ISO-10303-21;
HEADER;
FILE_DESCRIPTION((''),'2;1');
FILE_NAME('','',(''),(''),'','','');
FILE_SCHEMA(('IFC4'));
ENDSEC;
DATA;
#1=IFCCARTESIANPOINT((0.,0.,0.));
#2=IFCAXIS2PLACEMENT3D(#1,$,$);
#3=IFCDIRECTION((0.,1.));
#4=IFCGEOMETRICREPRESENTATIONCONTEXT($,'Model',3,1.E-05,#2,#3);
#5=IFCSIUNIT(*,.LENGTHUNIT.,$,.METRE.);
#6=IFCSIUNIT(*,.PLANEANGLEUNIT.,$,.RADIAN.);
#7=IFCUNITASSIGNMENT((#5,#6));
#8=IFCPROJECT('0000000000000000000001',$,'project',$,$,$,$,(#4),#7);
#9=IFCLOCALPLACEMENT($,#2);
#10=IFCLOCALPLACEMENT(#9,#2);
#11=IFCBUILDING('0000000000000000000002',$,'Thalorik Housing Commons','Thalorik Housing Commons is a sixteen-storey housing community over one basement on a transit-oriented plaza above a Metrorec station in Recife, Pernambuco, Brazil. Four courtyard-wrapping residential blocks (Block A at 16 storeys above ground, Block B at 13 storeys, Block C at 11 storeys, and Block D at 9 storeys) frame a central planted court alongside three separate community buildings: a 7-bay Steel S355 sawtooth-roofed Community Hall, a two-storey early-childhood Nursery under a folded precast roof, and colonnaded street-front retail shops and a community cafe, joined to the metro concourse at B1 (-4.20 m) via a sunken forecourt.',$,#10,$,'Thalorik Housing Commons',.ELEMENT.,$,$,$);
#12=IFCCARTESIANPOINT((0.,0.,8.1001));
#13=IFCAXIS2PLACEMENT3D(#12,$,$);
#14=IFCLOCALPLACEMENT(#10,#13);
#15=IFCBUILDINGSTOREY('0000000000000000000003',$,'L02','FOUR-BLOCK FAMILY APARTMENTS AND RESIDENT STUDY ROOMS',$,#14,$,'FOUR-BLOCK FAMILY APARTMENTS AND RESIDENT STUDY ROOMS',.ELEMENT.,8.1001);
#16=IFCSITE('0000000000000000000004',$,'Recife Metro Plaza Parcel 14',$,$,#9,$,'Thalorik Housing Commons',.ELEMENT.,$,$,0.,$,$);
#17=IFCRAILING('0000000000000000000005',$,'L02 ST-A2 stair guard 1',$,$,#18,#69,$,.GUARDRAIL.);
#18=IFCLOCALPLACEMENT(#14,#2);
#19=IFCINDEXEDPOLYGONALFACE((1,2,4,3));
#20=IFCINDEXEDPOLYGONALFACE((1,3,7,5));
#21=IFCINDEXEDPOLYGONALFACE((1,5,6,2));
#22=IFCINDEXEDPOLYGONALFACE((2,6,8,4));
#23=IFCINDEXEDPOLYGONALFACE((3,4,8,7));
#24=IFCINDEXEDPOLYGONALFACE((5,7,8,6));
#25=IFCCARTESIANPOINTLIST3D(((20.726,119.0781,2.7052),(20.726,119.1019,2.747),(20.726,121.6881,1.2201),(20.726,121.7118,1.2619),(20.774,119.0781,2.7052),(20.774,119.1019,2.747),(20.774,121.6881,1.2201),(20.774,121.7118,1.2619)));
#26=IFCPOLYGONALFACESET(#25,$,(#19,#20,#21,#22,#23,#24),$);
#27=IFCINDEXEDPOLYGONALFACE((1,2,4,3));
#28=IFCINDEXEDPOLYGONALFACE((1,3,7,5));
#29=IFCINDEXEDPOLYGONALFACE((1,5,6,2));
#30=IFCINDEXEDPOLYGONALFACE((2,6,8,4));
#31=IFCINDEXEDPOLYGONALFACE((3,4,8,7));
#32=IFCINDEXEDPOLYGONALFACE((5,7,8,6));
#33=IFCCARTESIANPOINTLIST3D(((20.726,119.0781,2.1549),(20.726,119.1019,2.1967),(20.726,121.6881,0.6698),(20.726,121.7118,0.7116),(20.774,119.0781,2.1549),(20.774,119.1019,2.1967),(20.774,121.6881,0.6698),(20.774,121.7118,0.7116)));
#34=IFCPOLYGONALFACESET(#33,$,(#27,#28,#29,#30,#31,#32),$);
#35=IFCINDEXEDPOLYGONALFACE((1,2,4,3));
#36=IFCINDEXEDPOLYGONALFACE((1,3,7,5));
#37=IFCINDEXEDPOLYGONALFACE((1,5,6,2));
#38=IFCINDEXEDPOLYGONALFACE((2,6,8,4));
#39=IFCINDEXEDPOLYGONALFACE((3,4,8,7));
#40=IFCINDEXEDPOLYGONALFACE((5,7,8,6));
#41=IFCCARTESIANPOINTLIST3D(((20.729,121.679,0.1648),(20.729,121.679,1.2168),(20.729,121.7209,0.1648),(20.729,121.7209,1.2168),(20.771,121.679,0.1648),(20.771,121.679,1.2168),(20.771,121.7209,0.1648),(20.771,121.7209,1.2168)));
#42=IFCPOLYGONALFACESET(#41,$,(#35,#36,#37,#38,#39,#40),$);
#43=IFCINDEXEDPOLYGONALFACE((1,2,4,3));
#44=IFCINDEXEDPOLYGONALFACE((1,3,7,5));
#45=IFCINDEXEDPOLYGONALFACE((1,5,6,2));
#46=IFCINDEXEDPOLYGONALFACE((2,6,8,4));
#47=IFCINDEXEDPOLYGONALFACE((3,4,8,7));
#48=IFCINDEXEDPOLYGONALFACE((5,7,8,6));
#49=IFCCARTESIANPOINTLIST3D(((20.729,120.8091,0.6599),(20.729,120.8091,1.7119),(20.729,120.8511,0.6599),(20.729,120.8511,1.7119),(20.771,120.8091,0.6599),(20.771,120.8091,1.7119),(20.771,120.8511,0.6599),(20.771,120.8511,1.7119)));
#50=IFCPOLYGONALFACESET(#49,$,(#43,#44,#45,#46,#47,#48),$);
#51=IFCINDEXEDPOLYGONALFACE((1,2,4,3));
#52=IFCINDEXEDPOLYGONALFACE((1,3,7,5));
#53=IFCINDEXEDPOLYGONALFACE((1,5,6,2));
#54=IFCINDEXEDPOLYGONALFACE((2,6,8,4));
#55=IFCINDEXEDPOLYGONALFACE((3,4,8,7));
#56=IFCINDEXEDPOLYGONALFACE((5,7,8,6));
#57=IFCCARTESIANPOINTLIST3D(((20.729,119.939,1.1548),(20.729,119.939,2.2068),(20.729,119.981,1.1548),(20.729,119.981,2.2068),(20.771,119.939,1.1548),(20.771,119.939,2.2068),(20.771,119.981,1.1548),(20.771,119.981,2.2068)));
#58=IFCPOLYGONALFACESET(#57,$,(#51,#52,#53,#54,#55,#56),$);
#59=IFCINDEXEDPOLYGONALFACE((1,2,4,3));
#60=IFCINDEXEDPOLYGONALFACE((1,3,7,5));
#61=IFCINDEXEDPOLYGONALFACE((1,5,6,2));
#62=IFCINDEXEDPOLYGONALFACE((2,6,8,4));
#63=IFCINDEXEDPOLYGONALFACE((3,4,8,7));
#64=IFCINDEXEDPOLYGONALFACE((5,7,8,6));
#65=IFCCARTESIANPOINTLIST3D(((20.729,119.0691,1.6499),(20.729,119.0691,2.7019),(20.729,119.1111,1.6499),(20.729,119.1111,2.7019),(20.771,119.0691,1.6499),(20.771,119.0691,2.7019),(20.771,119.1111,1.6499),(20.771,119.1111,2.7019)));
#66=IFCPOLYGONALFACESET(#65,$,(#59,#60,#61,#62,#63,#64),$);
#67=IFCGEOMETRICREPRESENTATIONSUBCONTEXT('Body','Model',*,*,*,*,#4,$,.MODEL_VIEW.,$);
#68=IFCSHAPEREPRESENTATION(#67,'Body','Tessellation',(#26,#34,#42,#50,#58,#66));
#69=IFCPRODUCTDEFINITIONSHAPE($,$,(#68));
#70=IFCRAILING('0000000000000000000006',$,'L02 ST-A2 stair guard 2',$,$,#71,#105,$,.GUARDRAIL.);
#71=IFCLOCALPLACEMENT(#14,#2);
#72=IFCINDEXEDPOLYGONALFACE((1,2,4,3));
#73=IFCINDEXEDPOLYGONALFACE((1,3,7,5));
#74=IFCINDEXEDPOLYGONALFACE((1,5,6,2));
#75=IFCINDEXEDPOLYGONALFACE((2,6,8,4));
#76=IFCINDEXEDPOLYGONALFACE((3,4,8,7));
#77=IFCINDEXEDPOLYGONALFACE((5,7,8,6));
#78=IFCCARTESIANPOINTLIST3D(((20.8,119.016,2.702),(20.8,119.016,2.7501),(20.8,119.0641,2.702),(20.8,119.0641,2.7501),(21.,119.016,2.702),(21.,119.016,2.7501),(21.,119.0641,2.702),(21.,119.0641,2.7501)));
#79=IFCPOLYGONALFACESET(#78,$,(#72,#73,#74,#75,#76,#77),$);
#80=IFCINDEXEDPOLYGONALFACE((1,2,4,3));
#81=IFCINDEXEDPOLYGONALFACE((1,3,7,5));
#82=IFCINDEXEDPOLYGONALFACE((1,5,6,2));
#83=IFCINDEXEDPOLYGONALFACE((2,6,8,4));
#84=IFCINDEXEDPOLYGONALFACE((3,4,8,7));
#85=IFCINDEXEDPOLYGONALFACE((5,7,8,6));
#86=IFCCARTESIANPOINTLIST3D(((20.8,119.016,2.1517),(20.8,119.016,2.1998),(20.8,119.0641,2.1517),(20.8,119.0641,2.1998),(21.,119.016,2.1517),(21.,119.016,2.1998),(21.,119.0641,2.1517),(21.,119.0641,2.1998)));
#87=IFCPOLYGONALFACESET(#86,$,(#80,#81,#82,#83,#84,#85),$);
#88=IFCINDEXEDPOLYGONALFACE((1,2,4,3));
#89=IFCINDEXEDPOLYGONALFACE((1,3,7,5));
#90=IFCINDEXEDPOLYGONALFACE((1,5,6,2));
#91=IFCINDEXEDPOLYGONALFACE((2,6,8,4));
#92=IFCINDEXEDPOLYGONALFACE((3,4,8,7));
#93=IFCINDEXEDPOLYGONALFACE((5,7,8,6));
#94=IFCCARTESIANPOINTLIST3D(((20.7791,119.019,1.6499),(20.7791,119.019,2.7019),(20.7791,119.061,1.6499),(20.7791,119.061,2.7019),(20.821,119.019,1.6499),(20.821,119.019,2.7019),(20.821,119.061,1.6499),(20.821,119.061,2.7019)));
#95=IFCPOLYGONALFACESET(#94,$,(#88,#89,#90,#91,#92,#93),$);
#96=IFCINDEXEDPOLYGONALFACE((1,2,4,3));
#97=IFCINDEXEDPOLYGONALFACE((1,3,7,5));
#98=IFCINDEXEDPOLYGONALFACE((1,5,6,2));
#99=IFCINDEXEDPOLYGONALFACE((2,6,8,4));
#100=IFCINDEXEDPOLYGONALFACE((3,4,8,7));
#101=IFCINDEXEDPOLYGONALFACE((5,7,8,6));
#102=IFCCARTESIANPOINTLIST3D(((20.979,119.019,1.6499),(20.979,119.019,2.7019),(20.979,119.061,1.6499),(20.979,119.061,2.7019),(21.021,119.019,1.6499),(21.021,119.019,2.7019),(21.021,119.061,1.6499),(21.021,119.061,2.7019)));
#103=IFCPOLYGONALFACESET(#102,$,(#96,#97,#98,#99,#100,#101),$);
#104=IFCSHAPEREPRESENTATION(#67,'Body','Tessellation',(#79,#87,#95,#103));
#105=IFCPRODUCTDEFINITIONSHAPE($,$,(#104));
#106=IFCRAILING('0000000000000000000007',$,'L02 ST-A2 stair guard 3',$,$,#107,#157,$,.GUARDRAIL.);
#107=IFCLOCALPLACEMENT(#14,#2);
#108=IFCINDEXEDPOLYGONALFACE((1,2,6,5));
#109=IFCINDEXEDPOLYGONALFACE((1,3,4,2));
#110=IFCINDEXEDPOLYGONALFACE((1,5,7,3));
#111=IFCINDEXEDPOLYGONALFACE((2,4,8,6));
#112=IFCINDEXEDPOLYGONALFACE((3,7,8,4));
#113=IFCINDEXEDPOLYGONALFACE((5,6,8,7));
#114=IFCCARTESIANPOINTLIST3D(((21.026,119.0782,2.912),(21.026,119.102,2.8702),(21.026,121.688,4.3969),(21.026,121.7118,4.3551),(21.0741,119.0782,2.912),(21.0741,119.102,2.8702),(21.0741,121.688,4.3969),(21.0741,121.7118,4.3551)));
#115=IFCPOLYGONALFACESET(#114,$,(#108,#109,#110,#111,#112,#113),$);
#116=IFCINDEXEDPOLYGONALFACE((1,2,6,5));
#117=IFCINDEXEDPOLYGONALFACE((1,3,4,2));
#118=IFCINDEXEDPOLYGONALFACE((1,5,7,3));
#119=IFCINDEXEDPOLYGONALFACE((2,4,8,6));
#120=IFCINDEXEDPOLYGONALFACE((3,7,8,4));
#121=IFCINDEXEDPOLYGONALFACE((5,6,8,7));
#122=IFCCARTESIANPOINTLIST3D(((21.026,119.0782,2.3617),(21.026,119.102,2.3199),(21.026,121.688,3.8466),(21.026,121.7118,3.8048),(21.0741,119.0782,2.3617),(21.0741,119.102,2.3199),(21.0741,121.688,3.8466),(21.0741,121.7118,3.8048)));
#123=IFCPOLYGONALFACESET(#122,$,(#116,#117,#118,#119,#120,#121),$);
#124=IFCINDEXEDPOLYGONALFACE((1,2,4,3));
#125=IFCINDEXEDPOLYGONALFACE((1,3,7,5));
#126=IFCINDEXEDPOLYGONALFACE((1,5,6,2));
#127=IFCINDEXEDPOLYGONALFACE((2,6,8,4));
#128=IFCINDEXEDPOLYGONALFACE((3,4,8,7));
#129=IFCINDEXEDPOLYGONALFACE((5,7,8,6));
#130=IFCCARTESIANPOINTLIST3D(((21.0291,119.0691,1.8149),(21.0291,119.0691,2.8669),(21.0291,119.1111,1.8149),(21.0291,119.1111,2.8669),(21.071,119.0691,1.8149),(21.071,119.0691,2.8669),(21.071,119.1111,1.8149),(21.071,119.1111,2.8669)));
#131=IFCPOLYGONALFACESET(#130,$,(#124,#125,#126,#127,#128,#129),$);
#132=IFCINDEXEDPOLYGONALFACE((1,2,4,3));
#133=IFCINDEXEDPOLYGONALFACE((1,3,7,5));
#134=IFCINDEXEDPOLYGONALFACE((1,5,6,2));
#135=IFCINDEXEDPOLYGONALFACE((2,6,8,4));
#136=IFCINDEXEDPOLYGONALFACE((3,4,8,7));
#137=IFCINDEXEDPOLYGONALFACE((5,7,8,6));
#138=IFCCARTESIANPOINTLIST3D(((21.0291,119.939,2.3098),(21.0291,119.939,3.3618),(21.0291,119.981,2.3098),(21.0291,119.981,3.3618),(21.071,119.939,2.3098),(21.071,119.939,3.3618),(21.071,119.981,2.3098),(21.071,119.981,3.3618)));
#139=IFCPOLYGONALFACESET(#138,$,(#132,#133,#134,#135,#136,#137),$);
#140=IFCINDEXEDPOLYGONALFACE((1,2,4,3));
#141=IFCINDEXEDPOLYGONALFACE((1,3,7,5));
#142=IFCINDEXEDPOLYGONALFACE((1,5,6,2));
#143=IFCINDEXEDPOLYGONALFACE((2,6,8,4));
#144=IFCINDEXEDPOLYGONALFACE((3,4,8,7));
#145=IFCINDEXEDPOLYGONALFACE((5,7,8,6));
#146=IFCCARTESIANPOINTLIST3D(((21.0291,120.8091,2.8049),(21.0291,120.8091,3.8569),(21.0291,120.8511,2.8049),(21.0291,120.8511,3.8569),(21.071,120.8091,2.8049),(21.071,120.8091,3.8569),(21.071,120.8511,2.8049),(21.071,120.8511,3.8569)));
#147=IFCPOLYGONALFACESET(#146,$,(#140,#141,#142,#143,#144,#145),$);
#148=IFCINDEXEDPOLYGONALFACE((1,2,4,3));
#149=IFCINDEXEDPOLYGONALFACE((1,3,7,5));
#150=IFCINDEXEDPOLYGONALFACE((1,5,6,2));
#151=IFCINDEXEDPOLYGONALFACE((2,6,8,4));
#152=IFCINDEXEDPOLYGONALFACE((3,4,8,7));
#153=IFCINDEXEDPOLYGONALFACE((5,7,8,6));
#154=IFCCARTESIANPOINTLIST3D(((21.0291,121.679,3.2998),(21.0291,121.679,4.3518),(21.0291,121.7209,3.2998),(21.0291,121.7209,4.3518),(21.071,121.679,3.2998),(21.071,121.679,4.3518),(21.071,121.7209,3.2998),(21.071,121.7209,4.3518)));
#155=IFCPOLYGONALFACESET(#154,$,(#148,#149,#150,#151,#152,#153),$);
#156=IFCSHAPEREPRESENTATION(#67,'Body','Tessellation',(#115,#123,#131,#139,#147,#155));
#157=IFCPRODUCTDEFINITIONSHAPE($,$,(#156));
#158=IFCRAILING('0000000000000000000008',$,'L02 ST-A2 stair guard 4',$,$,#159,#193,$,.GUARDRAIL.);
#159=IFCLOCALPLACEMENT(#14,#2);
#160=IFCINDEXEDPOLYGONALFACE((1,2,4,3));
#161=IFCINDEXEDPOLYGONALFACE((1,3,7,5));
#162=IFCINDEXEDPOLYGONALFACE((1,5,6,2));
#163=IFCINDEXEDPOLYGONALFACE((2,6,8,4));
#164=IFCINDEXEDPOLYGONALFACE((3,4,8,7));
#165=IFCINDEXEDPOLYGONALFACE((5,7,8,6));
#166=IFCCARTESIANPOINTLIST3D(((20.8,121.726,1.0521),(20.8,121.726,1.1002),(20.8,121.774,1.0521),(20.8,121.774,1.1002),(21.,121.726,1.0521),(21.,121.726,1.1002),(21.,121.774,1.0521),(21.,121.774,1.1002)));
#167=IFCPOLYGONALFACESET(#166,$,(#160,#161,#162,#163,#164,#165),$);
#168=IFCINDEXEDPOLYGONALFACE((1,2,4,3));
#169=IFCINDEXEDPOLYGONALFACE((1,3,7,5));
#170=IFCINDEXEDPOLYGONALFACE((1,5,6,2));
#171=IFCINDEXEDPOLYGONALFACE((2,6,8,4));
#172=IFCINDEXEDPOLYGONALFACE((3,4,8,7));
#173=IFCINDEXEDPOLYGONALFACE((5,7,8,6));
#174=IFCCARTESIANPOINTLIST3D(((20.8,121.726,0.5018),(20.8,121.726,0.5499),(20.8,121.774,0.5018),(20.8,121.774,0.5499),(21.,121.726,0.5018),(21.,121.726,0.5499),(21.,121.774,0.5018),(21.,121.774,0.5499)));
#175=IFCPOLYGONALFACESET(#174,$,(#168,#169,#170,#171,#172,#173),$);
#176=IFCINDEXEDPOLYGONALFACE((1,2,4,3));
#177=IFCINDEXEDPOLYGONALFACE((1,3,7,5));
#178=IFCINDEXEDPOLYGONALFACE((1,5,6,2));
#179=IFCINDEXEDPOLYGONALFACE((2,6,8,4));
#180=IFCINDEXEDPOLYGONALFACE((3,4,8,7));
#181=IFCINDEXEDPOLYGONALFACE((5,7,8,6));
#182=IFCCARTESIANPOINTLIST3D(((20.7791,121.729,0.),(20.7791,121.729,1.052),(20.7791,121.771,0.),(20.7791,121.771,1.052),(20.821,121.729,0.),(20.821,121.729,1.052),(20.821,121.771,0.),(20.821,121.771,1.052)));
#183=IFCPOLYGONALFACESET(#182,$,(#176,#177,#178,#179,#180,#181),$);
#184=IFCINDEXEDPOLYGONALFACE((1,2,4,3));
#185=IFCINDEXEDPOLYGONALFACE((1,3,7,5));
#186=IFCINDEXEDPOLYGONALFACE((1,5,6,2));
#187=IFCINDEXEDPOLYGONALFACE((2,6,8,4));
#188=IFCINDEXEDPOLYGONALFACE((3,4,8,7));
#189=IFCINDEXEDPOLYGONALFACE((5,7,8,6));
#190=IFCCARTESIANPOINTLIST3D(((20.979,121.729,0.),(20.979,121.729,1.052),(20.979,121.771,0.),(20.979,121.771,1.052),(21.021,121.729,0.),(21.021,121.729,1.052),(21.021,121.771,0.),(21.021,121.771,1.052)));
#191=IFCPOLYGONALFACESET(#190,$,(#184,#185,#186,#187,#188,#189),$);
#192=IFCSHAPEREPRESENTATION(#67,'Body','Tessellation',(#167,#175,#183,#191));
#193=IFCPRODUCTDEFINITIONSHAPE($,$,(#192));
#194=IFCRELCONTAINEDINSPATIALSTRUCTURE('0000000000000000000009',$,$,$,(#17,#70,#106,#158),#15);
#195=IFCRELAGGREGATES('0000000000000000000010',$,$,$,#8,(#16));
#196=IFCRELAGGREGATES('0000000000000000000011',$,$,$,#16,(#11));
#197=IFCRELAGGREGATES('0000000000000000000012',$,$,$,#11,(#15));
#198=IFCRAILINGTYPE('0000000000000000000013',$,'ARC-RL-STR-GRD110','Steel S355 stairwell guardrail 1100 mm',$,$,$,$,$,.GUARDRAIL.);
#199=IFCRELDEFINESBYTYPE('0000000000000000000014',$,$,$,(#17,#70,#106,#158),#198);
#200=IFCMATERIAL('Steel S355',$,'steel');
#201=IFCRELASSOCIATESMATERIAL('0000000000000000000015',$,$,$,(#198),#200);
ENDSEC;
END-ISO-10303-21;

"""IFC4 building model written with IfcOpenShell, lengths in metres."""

from ifc_helpers import new_model, si_unit, direction, frame, origin, origin_2d, place, context, subcontext, project, spatial, rectangle, extrude, material, type_object, element, save


model = new_model("IFC4")

# Units and contexts
model_context = context("Model", 3, precision=1e-05, world=origin(), true_north=direction((0.0, 1.0)))
body_context = subcontext(model_context, "Body", "Model", "MODEL_VIEW")
ifc_project = project(units=[si_unit("LENGTHUNIT", "METRE"), si_unit("PLANEANGLEUNIT", "RADIAN")], contexts=[model_context])

# Site, building, storey
site_placement = place(None, origin())
site = spatial("IfcSite", under=ifc_project, at=site_placement, Name="Recife Metro Plaza Parcel 14", LongName="Thalorik Housing Commons", CompositionType="ELEMENT", RefElevation=0.0)
building_placement = place(site_placement, origin())
building = spatial("IfcBuilding", under=site, at=building_placement, Name="Thalorik Housing Commons", Description="Thalorik Housing Commons is a sixteen-storey housing community over one basement on a transit-oriented plaza above a Metrorec station in Recife, Pernambuco, Brazil. Four courtyard-wrapping residential blocks (Block A at 16 storeys above ground, Block B at 13 storeys, Block C at 11 storeys, and Block D at 9 storeys) frame a central planted court alongside three separate community buildings: a 7-bay Steel S355 sawtooth-roofed Community Hall, a two-storey early-childhood Nursery under a folded precast roof, and colonnaded street-front retail shops and a community cafe, joined to the metro concourse at B1 (-4.20 m) via a sunken forecourt.", LongName="Thalorik Housing Commons", CompositionType="ELEMENT")
storey_placement = place(building_placement, frame((0.0, 0.0, 8.1001)))
storey = spatial("IfcBuildingStorey", under=building, at=storey_placement, Name="L02", Description="FOUR-BLOCK FAMILY APARTMENTS AND RESIDENT STUDY ROOMS", LongName="FOUR-BLOCK FAMILY APARTMENTS AND RESIDENT STUDY ROOMS", CompositionType="ELEMENT", Elevation=8.1001)

# Railings
ifc_material_1 = material(Name="Steel S355", Category="steel")
railing_type_1 = type_object("IfcRailingType", Name="ARC-RL-STR-GRD110", Description="Steel S355 stairwell guardrail 1100 mm", PredefinedType="GUARDRAIL", material=ifc_material_1)
railing_1_placement = place(storey_placement, frame((20.75, 121.7, 0.1648)))
element("IfcRailing", 1, at=railing_1_placement, inside=storey, type_object=railing_type_1, Name="L02 ST-A2 stair guard 1", PredefinedType="GUARDRAIL", context=body_context, shape_type="SweptSolid", body=[
    extrude(rectangle(XDim=0.0481, YDim=0.0481, at=origin_2d()), frame((0.0, 0.0, 1.0762), z_axis=(0.0, -0.869137, 0.494571), x_axis=(1.0, 0.0, 0.0)), (0.0, 0.0, 1.0), 3.0029),
    extrude(rectangle(XDim=0.0481, YDim=0.0481, at=origin_2d()), frame((0.0, 0.0, 0.5259), z_axis=(0.0, -0.869137, 0.494571), x_axis=(1.0, 0.0, 0.0)), (0.0, 0.0, 1.0), 3.0029),
    extrude(rectangle(XDim=0.042, YDim=0.042, at=origin_2d()), origin(), (0.0, 0.0, 1.0), 1.052),
    extrude(rectangle(XDim=0.042, YDim=0.042, at=origin_2d()), frame((0.0, -0.8699, 0.4951)), (0.0, 0.0, 1.0), 1.052),
    extrude(rectangle(XDim=0.042, YDim=0.042, at=origin_2d()), frame((0.0, -1.74, 0.99)), (0.0, 0.0, 1.0), 1.052),
    extrude(rectangle(XDim=0.042, YDim=0.042, at=origin_2d()), frame((0.0, -2.6099, 1.4851)), (0.0, 0.0, 1.0), 1.052),
])
railing_2_placement = place(storey_placement, frame((20.8, 119.04, 1.6499)))
element("IfcRailing", 2, at=railing_2_placement, inside=storey, type_object=railing_type_1, Name="L02 ST-A2 stair guard 2", PredefinedType="GUARDRAIL", context=body_context, shape_type="SweptSolid", body=[
    extrude(rectangle(XDim=0.0481, YDim=0.0481, at=origin_2d()), frame((0.0, 0.0, 1.0762), z_axis=(1.0, 0.0, 0.0), x_axis=(0.0, 1.0, 0.0)), (0.0, 0.0, 1.0), 0.2),
    extrude(rectangle(XDim=0.0481, YDim=0.0481, at=origin_2d()), frame((0.0, 0.0, 0.5259), z_axis=(1.0, 0.0, 0.0), x_axis=(0.0, 1.0, 0.0)), (0.0, 0.0, 1.0), 0.2),
    extrude(rectangle(XDim=0.042, YDim=0.042, at=origin_2d()), origin(), (0.0, 0.0, 1.0), 1.052),
    extrude(rectangle(XDim=0.042, YDim=0.042, at=origin_2d()), frame((0.2, 0.0, 0.0)), (0.0, 0.0, 1.0), 1.052),
])
railing_3_placement = place(storey_placement, frame((21.05, 119.0901, 1.8149)))
element("IfcRailing", 3, at=railing_3_placement, inside=storey, type_object=railing_type_1, Name="L02 ST-A2 stair guard 3", PredefinedType="GUARDRAIL", context=body_context, shape_type="SweptSolid", body=[
    extrude(rectangle(XDim=0.0481, YDim=0.0481, at=origin_2d()), frame((0.0, 0.0, 1.0762), z_axis=(0.0, 0.869172, 0.494509), x_axis=(-1.0, 0.0, 0.0)), (0.0, 0.0, 1.0), 3.0027),
    extrude(rectangle(XDim=0.0481, YDim=0.0481, at=origin_2d()), frame((0.0, 0.0, 0.5259), z_axis=(0.0, 0.869172, 0.494509), x_axis=(-1.0, 0.0, 0.0)), (0.0, 0.0, 1.0), 3.0027),
    extrude(rectangle(XDim=0.042, YDim=0.042, at=origin_2d()), origin(), (0.0, 0.0, 1.0), 1.052),
    extrude(rectangle(XDim=0.042, YDim=0.042, at=origin_2d()), frame((0.0, 0.8699, 0.4949)), (0.0, 0.0, 1.0), 1.052),
    extrude(rectangle(XDim=0.042, YDim=0.042, at=origin_2d()), frame((0.0, 1.74, 0.99)), (0.0, 0.0, 1.0), 1.052),
    extrude(rectangle(XDim=0.042, YDim=0.042, at=origin_2d()), frame((0.0, 2.6099, 1.4849)), (0.0, 0.0, 1.0), 1.052),
])
railing_4_placement = place(storey_placement, frame((20.8, 121.75, 0.0)))
element("IfcRailing", 4, at=railing_4_placement, inside=storey, type_object=railing_type_1, Name="L02 ST-A2 stair guard 4", PredefinedType="GUARDRAIL", context=body_context, shape_type="SweptSolid", body=[
    extrude(rectangle(XDim=0.0481, YDim=0.0481, at=origin_2d()), frame((0.0, 0.0, 1.0762), z_axis=(1.0, 0.0, 0.0), x_axis=(0.0, 1.0, 0.0)), (0.0, 0.0, 1.0), 0.2),
    extrude(rectangle(XDim=0.0481, YDim=0.0481, at=origin_2d()), frame((0.0, 0.0, 0.5259), z_axis=(1.0, 0.0, 0.0), x_axis=(0.0, 1.0, 0.0)), (0.0, 0.0, 1.0), 0.2),
    extrude(rectangle(XDim=0.042, YDim=0.042, at=origin_2d()), origin(), (0.0, 0.0, 1.0), 1.052),
    extrude(rectangle(XDim=0.042, YDim=0.042, at=origin_2d()), frame((0.2, 0.0, 0.0)), (0.0, 0.0, 1.0), 1.052),
])

save(model, "model.ifc")
